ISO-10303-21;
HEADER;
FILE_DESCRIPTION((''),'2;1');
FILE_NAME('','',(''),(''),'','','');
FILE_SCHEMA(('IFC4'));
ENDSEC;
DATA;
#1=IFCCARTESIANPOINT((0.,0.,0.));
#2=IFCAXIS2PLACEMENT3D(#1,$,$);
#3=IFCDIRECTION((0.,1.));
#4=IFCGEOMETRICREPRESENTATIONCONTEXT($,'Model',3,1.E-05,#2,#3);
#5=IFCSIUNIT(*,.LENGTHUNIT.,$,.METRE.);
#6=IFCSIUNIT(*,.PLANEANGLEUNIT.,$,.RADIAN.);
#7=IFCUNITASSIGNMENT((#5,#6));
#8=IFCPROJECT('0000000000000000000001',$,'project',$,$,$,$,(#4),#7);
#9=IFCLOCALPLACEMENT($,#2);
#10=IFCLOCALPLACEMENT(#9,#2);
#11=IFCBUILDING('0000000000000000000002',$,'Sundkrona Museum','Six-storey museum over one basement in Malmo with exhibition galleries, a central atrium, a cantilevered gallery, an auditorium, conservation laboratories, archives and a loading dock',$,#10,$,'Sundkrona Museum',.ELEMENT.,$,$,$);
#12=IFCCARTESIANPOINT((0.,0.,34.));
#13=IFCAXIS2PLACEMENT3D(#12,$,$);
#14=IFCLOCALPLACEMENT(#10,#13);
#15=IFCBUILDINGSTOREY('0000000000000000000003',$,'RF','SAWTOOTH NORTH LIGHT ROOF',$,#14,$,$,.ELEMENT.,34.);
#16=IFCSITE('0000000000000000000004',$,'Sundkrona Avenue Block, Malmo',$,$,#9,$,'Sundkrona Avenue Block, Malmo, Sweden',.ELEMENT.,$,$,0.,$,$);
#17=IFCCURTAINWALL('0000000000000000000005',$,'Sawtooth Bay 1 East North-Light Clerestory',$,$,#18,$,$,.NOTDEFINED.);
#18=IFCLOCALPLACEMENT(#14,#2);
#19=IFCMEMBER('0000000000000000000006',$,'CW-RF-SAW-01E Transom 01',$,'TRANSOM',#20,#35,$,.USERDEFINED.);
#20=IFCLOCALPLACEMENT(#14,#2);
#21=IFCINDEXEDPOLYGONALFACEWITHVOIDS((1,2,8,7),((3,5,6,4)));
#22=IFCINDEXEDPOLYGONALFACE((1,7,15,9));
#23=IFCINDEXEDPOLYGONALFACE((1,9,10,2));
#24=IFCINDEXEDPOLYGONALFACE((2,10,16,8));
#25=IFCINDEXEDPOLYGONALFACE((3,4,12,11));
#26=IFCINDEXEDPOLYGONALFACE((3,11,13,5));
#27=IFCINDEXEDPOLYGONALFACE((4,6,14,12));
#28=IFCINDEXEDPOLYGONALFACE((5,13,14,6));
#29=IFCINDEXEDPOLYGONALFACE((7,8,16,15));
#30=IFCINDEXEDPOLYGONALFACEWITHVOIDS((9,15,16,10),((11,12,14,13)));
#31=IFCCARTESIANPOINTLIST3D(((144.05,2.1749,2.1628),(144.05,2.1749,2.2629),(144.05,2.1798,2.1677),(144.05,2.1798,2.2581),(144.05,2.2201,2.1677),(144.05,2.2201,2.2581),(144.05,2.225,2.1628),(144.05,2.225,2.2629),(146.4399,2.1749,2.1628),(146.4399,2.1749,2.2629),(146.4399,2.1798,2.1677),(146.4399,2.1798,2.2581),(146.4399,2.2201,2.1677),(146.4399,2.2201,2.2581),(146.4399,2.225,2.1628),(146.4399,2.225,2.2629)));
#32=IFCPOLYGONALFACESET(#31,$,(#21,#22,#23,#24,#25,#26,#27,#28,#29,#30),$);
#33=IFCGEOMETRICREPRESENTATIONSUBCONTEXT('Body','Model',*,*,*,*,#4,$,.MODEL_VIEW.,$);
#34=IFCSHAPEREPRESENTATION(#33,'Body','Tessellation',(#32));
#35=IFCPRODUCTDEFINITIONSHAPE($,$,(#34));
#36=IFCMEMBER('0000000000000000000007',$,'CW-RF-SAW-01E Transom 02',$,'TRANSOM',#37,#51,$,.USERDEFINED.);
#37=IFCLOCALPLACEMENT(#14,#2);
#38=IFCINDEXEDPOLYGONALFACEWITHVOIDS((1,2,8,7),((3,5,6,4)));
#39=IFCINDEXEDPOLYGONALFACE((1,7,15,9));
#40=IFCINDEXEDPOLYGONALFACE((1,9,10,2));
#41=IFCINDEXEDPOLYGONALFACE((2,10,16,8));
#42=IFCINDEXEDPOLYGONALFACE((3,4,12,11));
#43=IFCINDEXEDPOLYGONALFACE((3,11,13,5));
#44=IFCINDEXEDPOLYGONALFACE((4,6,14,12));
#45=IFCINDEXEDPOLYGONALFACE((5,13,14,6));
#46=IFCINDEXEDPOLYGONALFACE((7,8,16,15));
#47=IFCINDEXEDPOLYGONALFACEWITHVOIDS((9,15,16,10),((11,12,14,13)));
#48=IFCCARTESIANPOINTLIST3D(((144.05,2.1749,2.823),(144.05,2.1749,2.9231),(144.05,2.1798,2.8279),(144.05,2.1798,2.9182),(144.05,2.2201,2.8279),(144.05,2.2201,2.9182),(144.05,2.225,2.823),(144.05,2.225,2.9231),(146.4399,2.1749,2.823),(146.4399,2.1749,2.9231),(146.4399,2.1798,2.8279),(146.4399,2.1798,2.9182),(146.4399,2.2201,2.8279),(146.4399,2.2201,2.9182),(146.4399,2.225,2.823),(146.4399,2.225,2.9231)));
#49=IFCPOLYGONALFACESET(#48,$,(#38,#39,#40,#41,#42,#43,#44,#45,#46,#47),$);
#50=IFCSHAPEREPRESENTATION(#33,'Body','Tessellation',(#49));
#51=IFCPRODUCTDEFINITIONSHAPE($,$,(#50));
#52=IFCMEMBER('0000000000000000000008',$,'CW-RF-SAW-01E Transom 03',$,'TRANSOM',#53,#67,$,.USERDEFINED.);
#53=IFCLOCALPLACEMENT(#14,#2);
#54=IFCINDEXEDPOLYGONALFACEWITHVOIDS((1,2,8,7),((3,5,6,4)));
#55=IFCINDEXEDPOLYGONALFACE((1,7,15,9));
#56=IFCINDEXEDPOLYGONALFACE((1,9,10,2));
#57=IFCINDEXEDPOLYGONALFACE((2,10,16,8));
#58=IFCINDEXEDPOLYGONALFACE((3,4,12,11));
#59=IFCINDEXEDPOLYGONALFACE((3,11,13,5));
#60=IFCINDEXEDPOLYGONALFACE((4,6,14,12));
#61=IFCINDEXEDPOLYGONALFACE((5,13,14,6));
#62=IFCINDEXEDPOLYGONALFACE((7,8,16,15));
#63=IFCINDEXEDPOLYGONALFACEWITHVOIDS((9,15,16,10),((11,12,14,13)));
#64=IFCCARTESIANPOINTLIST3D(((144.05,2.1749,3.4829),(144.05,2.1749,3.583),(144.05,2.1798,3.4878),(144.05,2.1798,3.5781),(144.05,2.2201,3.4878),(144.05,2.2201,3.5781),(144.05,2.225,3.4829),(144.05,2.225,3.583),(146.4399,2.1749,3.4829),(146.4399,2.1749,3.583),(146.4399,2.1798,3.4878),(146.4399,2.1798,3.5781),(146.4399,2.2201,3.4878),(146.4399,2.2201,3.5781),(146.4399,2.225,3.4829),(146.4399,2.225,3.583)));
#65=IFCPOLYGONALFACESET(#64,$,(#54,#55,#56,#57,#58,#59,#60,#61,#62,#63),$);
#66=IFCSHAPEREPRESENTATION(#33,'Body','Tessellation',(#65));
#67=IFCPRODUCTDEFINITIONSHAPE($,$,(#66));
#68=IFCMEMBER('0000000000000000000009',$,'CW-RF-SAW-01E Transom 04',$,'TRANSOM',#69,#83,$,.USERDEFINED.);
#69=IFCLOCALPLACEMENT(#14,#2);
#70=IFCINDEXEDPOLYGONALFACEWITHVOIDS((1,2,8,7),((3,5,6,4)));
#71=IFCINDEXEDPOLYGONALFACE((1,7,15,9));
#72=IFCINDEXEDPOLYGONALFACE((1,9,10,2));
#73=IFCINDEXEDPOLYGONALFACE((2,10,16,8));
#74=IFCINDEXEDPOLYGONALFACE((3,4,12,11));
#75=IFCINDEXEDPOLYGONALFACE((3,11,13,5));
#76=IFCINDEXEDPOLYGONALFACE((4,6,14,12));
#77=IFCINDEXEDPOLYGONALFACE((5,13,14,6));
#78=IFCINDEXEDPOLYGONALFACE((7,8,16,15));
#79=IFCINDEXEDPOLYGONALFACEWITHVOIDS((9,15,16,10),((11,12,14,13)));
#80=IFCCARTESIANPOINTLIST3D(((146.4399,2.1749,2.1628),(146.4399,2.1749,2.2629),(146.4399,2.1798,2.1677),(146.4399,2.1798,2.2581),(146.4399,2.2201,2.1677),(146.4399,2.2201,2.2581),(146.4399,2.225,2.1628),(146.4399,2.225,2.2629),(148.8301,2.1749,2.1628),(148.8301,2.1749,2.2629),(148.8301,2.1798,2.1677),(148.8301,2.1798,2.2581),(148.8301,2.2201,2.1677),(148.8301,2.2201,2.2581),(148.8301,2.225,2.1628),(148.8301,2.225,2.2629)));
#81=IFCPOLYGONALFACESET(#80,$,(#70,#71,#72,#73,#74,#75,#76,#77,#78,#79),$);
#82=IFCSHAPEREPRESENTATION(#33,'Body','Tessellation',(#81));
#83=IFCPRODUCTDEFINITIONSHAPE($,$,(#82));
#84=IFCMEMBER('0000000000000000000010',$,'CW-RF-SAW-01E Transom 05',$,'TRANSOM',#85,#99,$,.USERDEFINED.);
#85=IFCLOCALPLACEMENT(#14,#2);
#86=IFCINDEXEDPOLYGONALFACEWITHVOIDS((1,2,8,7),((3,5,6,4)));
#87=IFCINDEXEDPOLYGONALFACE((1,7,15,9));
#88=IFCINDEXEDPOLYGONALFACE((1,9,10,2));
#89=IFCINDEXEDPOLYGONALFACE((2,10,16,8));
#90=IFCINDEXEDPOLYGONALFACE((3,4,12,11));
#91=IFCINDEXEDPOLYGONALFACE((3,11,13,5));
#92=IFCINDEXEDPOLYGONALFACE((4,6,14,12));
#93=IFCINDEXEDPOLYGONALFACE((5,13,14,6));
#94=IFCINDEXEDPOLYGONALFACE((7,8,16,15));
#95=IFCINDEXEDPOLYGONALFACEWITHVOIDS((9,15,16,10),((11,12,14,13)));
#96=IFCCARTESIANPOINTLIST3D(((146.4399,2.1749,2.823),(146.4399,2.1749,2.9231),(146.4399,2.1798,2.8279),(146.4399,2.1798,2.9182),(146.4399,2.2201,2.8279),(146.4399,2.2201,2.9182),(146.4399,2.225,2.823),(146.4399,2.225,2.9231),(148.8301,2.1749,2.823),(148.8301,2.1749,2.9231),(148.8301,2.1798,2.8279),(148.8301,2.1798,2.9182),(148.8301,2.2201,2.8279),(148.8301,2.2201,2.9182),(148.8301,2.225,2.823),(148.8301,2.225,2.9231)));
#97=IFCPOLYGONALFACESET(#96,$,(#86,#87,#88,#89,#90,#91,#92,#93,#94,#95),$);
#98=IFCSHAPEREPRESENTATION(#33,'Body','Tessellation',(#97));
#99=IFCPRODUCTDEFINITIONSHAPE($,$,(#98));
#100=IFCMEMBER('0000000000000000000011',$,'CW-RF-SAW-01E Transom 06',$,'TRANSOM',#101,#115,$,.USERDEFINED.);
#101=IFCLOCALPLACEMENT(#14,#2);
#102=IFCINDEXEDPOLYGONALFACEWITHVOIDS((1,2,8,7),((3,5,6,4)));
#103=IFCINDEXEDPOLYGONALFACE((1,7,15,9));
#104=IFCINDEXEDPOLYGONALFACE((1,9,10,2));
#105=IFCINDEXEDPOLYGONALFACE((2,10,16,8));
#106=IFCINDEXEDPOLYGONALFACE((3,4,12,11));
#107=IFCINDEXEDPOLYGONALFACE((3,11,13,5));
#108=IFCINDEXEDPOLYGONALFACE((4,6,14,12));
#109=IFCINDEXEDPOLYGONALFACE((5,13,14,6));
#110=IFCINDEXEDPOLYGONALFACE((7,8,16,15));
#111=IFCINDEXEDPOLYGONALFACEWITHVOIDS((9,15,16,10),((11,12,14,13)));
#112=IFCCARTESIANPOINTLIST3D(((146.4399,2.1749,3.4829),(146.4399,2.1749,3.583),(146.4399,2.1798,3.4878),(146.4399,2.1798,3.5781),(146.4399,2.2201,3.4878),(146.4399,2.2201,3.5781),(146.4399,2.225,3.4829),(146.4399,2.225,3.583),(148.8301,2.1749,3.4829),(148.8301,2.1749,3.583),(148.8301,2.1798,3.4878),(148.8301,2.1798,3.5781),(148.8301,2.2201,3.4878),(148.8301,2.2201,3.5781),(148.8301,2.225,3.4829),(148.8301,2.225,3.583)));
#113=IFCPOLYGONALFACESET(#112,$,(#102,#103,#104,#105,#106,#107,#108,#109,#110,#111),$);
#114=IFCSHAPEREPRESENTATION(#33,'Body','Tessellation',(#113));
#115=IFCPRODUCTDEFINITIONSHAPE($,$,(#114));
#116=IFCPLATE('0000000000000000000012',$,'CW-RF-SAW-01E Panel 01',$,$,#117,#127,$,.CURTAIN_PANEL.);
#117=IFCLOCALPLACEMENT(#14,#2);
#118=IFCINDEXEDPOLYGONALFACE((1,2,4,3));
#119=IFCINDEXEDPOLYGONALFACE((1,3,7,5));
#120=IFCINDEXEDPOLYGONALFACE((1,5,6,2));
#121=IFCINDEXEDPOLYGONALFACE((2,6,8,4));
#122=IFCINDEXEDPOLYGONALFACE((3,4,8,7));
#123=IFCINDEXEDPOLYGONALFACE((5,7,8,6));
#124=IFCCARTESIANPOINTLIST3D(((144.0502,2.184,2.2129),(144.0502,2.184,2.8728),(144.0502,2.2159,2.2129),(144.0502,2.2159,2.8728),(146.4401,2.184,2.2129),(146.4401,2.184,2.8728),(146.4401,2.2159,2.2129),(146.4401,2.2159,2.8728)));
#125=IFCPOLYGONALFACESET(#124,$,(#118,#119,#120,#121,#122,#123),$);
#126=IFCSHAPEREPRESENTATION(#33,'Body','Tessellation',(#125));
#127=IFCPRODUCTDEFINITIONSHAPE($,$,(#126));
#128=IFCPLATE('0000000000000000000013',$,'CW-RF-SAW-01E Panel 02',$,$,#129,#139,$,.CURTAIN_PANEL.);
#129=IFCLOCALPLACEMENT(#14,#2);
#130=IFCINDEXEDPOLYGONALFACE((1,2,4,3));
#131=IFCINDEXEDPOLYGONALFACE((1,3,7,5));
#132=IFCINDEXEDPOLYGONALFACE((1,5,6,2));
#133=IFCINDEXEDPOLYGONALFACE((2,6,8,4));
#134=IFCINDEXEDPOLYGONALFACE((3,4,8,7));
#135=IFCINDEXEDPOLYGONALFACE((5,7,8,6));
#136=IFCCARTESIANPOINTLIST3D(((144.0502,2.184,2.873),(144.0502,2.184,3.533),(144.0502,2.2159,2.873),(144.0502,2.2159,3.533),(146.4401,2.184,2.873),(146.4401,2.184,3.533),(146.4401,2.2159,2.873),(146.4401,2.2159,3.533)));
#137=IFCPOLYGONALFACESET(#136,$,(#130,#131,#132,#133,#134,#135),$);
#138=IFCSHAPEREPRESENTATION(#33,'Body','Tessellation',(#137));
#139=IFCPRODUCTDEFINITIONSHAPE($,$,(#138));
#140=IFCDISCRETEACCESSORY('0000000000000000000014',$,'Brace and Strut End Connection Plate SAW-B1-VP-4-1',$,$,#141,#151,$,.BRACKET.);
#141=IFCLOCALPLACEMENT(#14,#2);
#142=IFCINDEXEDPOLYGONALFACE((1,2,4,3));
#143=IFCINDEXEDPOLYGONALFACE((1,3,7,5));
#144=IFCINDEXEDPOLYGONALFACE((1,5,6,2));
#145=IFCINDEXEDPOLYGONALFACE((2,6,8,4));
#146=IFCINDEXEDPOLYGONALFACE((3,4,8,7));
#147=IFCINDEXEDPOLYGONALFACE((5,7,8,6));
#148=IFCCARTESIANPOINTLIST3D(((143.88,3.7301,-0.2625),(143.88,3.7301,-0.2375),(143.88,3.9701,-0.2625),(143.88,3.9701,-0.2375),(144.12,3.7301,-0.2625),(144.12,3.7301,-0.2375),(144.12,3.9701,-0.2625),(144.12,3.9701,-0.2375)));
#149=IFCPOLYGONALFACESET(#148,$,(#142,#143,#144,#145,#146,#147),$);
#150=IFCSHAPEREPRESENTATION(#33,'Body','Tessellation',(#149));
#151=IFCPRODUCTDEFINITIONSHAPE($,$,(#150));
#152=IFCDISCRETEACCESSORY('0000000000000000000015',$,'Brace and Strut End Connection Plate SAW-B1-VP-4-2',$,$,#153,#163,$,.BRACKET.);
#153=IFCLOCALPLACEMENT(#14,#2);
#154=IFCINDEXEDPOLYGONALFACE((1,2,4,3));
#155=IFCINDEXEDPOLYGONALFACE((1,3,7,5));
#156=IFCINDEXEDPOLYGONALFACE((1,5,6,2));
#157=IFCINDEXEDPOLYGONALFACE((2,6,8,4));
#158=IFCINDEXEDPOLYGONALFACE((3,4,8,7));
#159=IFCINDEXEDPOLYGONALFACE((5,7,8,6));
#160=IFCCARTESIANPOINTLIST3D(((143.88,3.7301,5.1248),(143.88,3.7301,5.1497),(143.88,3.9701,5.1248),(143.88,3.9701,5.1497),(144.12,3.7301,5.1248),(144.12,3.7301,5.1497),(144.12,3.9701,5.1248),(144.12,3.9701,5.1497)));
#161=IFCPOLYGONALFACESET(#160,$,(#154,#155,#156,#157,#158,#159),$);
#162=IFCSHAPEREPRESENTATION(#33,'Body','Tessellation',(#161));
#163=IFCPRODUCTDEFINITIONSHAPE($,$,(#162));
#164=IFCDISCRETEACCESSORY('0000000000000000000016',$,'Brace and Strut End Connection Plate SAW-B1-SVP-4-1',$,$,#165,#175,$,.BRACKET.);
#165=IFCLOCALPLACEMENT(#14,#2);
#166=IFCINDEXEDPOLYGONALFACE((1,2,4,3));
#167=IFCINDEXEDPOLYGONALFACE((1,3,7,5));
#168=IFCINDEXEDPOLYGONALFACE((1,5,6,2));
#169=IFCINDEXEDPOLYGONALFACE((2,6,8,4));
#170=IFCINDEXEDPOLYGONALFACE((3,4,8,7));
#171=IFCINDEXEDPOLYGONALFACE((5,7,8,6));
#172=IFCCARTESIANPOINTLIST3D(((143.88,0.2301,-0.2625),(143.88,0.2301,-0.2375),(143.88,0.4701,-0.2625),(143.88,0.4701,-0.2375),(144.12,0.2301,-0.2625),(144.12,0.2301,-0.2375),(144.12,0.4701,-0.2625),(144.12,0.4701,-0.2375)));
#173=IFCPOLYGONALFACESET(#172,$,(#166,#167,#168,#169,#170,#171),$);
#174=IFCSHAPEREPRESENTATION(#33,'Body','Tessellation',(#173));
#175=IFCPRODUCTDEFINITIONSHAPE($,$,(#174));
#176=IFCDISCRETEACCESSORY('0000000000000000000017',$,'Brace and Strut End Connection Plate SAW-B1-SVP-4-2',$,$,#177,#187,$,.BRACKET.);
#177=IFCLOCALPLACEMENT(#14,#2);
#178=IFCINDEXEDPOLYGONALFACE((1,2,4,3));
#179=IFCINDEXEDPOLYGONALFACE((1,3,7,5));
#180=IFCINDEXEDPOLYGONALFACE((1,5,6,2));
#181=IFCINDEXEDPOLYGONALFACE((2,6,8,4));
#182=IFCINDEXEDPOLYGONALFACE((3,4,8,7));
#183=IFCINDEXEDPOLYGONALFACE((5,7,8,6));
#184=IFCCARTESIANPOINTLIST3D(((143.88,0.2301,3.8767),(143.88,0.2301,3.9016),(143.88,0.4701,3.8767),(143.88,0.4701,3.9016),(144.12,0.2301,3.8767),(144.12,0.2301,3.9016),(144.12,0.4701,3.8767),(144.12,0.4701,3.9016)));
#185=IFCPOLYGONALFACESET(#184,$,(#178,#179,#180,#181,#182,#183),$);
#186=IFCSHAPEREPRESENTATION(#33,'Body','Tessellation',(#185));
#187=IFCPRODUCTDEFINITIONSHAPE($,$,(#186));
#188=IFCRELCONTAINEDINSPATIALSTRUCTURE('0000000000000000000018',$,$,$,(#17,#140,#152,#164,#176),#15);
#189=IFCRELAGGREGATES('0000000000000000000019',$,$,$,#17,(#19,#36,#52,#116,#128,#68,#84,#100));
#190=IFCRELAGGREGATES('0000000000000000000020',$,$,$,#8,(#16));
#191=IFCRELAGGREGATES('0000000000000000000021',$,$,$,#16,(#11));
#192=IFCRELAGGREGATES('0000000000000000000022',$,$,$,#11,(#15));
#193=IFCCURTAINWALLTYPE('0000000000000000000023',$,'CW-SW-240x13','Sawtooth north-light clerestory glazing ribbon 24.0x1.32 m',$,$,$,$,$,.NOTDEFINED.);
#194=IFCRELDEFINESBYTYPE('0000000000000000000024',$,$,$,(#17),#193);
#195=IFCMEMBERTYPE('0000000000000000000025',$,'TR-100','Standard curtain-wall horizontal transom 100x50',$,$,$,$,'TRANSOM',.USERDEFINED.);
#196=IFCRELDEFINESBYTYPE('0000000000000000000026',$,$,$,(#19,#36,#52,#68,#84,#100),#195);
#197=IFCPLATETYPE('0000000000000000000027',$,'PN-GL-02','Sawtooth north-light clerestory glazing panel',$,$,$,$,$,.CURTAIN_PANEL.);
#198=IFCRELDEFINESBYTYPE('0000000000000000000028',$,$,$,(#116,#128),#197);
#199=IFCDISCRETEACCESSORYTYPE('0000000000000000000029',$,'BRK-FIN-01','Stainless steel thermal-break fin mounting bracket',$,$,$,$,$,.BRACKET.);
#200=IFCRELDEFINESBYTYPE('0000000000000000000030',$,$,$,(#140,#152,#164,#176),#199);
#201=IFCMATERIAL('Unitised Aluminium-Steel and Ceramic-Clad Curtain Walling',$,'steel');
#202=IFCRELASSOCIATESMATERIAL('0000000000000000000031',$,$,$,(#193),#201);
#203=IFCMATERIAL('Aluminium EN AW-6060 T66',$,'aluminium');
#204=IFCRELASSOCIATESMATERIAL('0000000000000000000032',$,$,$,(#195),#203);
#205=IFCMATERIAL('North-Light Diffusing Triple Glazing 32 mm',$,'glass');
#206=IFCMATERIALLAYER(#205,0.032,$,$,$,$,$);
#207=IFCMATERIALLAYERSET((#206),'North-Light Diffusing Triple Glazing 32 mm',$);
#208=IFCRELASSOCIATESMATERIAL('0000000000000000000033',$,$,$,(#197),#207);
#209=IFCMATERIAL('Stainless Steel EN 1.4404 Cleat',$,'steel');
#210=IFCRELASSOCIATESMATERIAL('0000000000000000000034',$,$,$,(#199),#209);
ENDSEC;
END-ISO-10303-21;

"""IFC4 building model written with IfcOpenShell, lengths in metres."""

from ifc_helpers import new_model, si_unit, direction, frame, origin, origin_2d, place, context, subcontext, project, spatial, rectangle, hollow_rectangle, extrude, material, layer, layer_set, material_profile, profile_set, type_object, element, aggregate, save


model = new_model("IFC4")

# Units and contexts
model_context = context("Model", 3, precision=1e-05, world=origin(), true_north=direction((0.0, 1.0)))
body_context = subcontext(model_context, "Body", "Model", "MODEL_VIEW")
ifc_project = project(units=[si_unit("LENGTHUNIT", "METRE"), si_unit("PLANEANGLEUNIT", "RADIAN")], contexts=[model_context])

# Site, building, storey
site_placement = place(None, origin())
site = spatial("IfcSite", under=ifc_project, at=site_placement, Name="Sundkrona Avenue Block, Malmo", LongName="Sundkrona Avenue Block, Malmo, Sweden", CompositionType="ELEMENT", RefElevation=0.0)
building_placement = place(site_placement, origin())
building = spatial("IfcBuilding", under=site, at=building_placement, Name="Sundkrona Museum", Description="Six-storey museum over one basement in Malmo with exhibition galleries, a central atrium, a cantilevered gallery, an auditorium, conservation laboratories, archives and a loading dock", LongName="Sundkrona Museum", CompositionType="ELEMENT")
storey_placement = place(building_placement, frame((0.0, 0.0, 34.0)))
storey = spatial("IfcBuildingStorey", under=building, at=storey_placement, Name="RF", Description="SAWTOOTH NORTH LIGHT ROOF", CompositionType="ELEMENT", Elevation=34.0)

# Curtain wall
ifc_material_1 = material(Name="Unitised Aluminium-Steel and Ceramic-Clad Curtain Walling", Category="steel")
curtain_wall_type = type_object("IfcCurtainWallType", Name="CW-SW-240x13", Description="Sawtooth north-light clerestory glazing ribbon 24.0x1.32 m", PredefinedType="NOTDEFINED", material=ifc_material_1)
curtain_wall_placement = place(storey_placement, origin())
curtain_wall = element("IfcCurtainWall", 1, at=curtain_wall_placement, inside=storey, type_object=curtain_wall_type, Name="Sawtooth Bay 1 East North-Light Clerestory", PredefinedType="NOTDEFINED")
ifc_material_2 = material(Name="Aluminium EN AW-6060 T66", Category="aluminium")

# Members
ifc_material_profile_1 = material_profile(ifc_material_2, hollow_rectangle(XDim=0.05, YDim=0.1001, WallThickness=0.0049, at=origin_2d()), Name="RHS 100x50x5.0")
ifc_profile_set_1 = profile_set([ifc_material_profile_1], Name="Aluminium EN AW-6060 T66")
member_type_1 = type_object("IfcMemberType", Name="TR-100", Description="Standard curtain-wall horizontal transom 100x50", ElementType="TRANSOM", PredefinedType="USERDEFINED", material=ifc_profile_set_1)
member_1_placement = place(storey_placement, frame((144.05, 2.2, 2.2129), z_axis=(1.0, 0.0, 0.0), x_axis=(0.0, 1.0, 0.0)))
member_1 = element("IfcMember", 2, at=member_1_placement, type_object=member_type_1, Name="CW-RF-SAW-01E Transom 01", ObjectType="TRANSOM", PredefinedType="USERDEFINED", context=body_context, shape_type="SweptSolid", body=[
    extrude(hollow_rectangle(XDim=0.05, YDim=0.1001, WallThickness=0.0049, at=origin_2d()), origin(), (0.0, 0.0, 1.0), 2.3899),
])
member_2_placement = place(storey_placement, frame((144.05, 2.2, 2.873), z_axis=(1.0, 0.0, 0.0), x_axis=(0.0, 1.0, 0.0)))
member_2 = element("IfcMember", 3, at=member_2_placement, type_object=member_type_1, Name="CW-RF-SAW-01E Transom 02", ObjectType="TRANSOM", PredefinedType="USERDEFINED", context=body_context, shape_type="SweptSolid", body=[
    extrude(hollow_rectangle(XDim=0.05, YDim=0.1001, WallThickness=0.0049, at=origin_2d()), origin(), (0.0, 0.0, 1.0), 2.3899),
])
member_3_placement = place(storey_placement, frame((144.05, 2.2, 3.533), z_axis=(1.0, 0.0, 0.0), x_axis=(0.0, 1.0, 0.0)))
member_3 = element("IfcMember", 4, at=member_3_placement, type_object=member_type_1, Name="CW-RF-SAW-01E Transom 03", ObjectType="TRANSOM", PredefinedType="USERDEFINED", context=body_context, shape_type="SweptSolid", body=[
    extrude(hollow_rectangle(XDim=0.05, YDim=0.1001, WallThickness=0.0049, at=origin_2d()), origin(), (0.0, 0.0, 1.0), 2.3899),
])
member_4_placement = place(storey_placement, frame((146.4399, 2.2, 2.2129), z_axis=(1.0, 0.0, 0.0), x_axis=(0.0, 1.0, 0.0)))
member_4 = element("IfcMember", 5, at=member_4_placement, type_object=member_type_1, Name="CW-RF-SAW-01E Transom 04", ObjectType="TRANSOM", PredefinedType="USERDEFINED", context=body_context, shape_type="SweptSolid", body=[
    extrude(hollow_rectangle(XDim=0.05, YDim=0.1001, WallThickness=0.0049, at=origin_2d()), origin(), (0.0, 0.0, 1.0), 2.3901),
])
member_5_placement = place(storey_placement, frame((146.4399, 2.2, 2.873), z_axis=(1.0, 0.0, 0.0), x_axis=(0.0, 1.0, 0.0)))
member_5 = element("IfcMember", 6, at=member_5_placement, type_object=member_type_1, Name="CW-RF-SAW-01E Transom 05", ObjectType="TRANSOM", PredefinedType="USERDEFINED", context=body_context, shape_type="SweptSolid", body=[
    extrude(hollow_rectangle(XDim=0.05, YDim=0.1001, WallThickness=0.0049, at=origin_2d()), origin(), (0.0, 0.0, 1.0), 2.3901),
])
member_6_placement = place(storey_placement, frame((146.4399, 2.2, 3.533), z_axis=(1.0, 0.0, 0.0), x_axis=(0.0, 1.0, 0.0)))
member_6 = element("IfcMember", 7, at=member_6_placement, type_object=member_type_1, Name="CW-RF-SAW-01E Transom 06", ObjectType="TRANSOM", PredefinedType="USERDEFINED", context=body_context, shape_type="SweptSolid", body=[
    extrude(hollow_rectangle(XDim=0.05, YDim=0.1001, WallThickness=0.0049, at=origin_2d()), origin(), (0.0, 0.0, 1.0), 2.3901),
])

# Plates
ifc_material_3 = material(Name="North-Light Diffusing Triple Glazing 32 mm", Category="glass")
ifc_layer = layer(ifc_material_3, 0.032)
ifc_layer_set = layer_set([ifc_layer], Name="North-Light Diffusing Triple Glazing 32 mm")
plate_type = type_object("IfcPlateType", Name="PN-GL-02", Description="Sawtooth north-light clerestory glazing panel", PredefinedType="CURTAIN_PANEL", material=ifc_layer_set)
plate_1_placement = place(storey_placement, frame((145.2451, 2.2, 2.2129), z_axis=(0.0, 0.0, 1.0), x_axis=(1.0, 0.0, 0.0)))
plate_1 = element("IfcPlate", 8, at=plate_1_placement, type_object=plate_type, Name="CW-RF-SAW-01E Panel 01", PredefinedType="CURTAIN_PANEL", context=body_context, shape_type="SweptSolid", body=[
    extrude(rectangle(XDim=2.3899, YDim=0.032, at=origin_2d()), origin(), (0.0, 0.0, 1.0), 0.6599),
])
plate_2_placement = place(storey_placement, frame((145.2451, 2.2, 2.873), z_axis=(0.0, 0.0, 1.0), x_axis=(1.0, 0.0, 0.0)))
plate_2 = element("IfcPlate", 9, at=plate_2_placement, type_object=plate_type, Name="CW-RF-SAW-01E Panel 02", PredefinedType="CURTAIN_PANEL", context=body_context, shape_type="SweptSolid", body=[
    extrude(rectangle(XDim=2.3899, YDim=0.032, at=origin_2d()), origin(), (0.0, 0.0, 1.0), 0.6599),
])
aggregate(curtain_wall, [member_1, member_2, member_3, plate_1, plate_2, member_4, member_5, member_6])

# Discrete accessories
ifc_material_4 = material(Name="Stainless Steel EN 1.4404 Cleat", Category="steel")
discrete_accessory_type = type_object("IfcDiscreteAccessoryType", Name="BRK-FIN-01", Description="Stainless steel thermal-break fin mounting bracket", PredefinedType="BRACKET", material=ifc_material_4)
for number, where, z_axis, x_axis, name in (
    (10, (144.0, 3.8501, -0.2625), (0.0, 0.0, 1.0), (1.0, 0.0, 0.0), "Brace and Strut End Connection Plate SAW-B1-VP-4-1"),
    (11, (144.0, 3.8501, 5.1248), (0.0, 0.0, 1.0), (1.0, 0.0, 0.0), "Brace and Strut End Connection Plate SAW-B1-VP-4-2"),
    (12, (144.0, 0.3501, -0.2625), (0.0, 0.0, 1.0), (1.0, 0.0, 0.0), "Brace and Strut End Connection Plate SAW-B1-SVP-4-1"),
    (13, (144.0, 0.3501, 3.8767), (0.0, 0.0, 1.0), (1.0, 0.0, 0.0), "Brace and Strut End Connection Plate SAW-B1-SVP-4-2"),
):
    element("IfcDiscreteAccessory", number, at=place(storey_placement, frame(where, z_axis=z_axis, x_axis=x_axis)), inside=storey, type_object=discrete_accessory_type, Name=name, PredefinedType="BRACKET", context=body_context, shape_type="SweptSolid", body=[
        extrude(rectangle(XDim=0.24, YDim=0.24, at=origin_2d()), origin(), (0.0, 0.0, 1.0), 0.0249),
    ])

save(model, "model.ifc")
